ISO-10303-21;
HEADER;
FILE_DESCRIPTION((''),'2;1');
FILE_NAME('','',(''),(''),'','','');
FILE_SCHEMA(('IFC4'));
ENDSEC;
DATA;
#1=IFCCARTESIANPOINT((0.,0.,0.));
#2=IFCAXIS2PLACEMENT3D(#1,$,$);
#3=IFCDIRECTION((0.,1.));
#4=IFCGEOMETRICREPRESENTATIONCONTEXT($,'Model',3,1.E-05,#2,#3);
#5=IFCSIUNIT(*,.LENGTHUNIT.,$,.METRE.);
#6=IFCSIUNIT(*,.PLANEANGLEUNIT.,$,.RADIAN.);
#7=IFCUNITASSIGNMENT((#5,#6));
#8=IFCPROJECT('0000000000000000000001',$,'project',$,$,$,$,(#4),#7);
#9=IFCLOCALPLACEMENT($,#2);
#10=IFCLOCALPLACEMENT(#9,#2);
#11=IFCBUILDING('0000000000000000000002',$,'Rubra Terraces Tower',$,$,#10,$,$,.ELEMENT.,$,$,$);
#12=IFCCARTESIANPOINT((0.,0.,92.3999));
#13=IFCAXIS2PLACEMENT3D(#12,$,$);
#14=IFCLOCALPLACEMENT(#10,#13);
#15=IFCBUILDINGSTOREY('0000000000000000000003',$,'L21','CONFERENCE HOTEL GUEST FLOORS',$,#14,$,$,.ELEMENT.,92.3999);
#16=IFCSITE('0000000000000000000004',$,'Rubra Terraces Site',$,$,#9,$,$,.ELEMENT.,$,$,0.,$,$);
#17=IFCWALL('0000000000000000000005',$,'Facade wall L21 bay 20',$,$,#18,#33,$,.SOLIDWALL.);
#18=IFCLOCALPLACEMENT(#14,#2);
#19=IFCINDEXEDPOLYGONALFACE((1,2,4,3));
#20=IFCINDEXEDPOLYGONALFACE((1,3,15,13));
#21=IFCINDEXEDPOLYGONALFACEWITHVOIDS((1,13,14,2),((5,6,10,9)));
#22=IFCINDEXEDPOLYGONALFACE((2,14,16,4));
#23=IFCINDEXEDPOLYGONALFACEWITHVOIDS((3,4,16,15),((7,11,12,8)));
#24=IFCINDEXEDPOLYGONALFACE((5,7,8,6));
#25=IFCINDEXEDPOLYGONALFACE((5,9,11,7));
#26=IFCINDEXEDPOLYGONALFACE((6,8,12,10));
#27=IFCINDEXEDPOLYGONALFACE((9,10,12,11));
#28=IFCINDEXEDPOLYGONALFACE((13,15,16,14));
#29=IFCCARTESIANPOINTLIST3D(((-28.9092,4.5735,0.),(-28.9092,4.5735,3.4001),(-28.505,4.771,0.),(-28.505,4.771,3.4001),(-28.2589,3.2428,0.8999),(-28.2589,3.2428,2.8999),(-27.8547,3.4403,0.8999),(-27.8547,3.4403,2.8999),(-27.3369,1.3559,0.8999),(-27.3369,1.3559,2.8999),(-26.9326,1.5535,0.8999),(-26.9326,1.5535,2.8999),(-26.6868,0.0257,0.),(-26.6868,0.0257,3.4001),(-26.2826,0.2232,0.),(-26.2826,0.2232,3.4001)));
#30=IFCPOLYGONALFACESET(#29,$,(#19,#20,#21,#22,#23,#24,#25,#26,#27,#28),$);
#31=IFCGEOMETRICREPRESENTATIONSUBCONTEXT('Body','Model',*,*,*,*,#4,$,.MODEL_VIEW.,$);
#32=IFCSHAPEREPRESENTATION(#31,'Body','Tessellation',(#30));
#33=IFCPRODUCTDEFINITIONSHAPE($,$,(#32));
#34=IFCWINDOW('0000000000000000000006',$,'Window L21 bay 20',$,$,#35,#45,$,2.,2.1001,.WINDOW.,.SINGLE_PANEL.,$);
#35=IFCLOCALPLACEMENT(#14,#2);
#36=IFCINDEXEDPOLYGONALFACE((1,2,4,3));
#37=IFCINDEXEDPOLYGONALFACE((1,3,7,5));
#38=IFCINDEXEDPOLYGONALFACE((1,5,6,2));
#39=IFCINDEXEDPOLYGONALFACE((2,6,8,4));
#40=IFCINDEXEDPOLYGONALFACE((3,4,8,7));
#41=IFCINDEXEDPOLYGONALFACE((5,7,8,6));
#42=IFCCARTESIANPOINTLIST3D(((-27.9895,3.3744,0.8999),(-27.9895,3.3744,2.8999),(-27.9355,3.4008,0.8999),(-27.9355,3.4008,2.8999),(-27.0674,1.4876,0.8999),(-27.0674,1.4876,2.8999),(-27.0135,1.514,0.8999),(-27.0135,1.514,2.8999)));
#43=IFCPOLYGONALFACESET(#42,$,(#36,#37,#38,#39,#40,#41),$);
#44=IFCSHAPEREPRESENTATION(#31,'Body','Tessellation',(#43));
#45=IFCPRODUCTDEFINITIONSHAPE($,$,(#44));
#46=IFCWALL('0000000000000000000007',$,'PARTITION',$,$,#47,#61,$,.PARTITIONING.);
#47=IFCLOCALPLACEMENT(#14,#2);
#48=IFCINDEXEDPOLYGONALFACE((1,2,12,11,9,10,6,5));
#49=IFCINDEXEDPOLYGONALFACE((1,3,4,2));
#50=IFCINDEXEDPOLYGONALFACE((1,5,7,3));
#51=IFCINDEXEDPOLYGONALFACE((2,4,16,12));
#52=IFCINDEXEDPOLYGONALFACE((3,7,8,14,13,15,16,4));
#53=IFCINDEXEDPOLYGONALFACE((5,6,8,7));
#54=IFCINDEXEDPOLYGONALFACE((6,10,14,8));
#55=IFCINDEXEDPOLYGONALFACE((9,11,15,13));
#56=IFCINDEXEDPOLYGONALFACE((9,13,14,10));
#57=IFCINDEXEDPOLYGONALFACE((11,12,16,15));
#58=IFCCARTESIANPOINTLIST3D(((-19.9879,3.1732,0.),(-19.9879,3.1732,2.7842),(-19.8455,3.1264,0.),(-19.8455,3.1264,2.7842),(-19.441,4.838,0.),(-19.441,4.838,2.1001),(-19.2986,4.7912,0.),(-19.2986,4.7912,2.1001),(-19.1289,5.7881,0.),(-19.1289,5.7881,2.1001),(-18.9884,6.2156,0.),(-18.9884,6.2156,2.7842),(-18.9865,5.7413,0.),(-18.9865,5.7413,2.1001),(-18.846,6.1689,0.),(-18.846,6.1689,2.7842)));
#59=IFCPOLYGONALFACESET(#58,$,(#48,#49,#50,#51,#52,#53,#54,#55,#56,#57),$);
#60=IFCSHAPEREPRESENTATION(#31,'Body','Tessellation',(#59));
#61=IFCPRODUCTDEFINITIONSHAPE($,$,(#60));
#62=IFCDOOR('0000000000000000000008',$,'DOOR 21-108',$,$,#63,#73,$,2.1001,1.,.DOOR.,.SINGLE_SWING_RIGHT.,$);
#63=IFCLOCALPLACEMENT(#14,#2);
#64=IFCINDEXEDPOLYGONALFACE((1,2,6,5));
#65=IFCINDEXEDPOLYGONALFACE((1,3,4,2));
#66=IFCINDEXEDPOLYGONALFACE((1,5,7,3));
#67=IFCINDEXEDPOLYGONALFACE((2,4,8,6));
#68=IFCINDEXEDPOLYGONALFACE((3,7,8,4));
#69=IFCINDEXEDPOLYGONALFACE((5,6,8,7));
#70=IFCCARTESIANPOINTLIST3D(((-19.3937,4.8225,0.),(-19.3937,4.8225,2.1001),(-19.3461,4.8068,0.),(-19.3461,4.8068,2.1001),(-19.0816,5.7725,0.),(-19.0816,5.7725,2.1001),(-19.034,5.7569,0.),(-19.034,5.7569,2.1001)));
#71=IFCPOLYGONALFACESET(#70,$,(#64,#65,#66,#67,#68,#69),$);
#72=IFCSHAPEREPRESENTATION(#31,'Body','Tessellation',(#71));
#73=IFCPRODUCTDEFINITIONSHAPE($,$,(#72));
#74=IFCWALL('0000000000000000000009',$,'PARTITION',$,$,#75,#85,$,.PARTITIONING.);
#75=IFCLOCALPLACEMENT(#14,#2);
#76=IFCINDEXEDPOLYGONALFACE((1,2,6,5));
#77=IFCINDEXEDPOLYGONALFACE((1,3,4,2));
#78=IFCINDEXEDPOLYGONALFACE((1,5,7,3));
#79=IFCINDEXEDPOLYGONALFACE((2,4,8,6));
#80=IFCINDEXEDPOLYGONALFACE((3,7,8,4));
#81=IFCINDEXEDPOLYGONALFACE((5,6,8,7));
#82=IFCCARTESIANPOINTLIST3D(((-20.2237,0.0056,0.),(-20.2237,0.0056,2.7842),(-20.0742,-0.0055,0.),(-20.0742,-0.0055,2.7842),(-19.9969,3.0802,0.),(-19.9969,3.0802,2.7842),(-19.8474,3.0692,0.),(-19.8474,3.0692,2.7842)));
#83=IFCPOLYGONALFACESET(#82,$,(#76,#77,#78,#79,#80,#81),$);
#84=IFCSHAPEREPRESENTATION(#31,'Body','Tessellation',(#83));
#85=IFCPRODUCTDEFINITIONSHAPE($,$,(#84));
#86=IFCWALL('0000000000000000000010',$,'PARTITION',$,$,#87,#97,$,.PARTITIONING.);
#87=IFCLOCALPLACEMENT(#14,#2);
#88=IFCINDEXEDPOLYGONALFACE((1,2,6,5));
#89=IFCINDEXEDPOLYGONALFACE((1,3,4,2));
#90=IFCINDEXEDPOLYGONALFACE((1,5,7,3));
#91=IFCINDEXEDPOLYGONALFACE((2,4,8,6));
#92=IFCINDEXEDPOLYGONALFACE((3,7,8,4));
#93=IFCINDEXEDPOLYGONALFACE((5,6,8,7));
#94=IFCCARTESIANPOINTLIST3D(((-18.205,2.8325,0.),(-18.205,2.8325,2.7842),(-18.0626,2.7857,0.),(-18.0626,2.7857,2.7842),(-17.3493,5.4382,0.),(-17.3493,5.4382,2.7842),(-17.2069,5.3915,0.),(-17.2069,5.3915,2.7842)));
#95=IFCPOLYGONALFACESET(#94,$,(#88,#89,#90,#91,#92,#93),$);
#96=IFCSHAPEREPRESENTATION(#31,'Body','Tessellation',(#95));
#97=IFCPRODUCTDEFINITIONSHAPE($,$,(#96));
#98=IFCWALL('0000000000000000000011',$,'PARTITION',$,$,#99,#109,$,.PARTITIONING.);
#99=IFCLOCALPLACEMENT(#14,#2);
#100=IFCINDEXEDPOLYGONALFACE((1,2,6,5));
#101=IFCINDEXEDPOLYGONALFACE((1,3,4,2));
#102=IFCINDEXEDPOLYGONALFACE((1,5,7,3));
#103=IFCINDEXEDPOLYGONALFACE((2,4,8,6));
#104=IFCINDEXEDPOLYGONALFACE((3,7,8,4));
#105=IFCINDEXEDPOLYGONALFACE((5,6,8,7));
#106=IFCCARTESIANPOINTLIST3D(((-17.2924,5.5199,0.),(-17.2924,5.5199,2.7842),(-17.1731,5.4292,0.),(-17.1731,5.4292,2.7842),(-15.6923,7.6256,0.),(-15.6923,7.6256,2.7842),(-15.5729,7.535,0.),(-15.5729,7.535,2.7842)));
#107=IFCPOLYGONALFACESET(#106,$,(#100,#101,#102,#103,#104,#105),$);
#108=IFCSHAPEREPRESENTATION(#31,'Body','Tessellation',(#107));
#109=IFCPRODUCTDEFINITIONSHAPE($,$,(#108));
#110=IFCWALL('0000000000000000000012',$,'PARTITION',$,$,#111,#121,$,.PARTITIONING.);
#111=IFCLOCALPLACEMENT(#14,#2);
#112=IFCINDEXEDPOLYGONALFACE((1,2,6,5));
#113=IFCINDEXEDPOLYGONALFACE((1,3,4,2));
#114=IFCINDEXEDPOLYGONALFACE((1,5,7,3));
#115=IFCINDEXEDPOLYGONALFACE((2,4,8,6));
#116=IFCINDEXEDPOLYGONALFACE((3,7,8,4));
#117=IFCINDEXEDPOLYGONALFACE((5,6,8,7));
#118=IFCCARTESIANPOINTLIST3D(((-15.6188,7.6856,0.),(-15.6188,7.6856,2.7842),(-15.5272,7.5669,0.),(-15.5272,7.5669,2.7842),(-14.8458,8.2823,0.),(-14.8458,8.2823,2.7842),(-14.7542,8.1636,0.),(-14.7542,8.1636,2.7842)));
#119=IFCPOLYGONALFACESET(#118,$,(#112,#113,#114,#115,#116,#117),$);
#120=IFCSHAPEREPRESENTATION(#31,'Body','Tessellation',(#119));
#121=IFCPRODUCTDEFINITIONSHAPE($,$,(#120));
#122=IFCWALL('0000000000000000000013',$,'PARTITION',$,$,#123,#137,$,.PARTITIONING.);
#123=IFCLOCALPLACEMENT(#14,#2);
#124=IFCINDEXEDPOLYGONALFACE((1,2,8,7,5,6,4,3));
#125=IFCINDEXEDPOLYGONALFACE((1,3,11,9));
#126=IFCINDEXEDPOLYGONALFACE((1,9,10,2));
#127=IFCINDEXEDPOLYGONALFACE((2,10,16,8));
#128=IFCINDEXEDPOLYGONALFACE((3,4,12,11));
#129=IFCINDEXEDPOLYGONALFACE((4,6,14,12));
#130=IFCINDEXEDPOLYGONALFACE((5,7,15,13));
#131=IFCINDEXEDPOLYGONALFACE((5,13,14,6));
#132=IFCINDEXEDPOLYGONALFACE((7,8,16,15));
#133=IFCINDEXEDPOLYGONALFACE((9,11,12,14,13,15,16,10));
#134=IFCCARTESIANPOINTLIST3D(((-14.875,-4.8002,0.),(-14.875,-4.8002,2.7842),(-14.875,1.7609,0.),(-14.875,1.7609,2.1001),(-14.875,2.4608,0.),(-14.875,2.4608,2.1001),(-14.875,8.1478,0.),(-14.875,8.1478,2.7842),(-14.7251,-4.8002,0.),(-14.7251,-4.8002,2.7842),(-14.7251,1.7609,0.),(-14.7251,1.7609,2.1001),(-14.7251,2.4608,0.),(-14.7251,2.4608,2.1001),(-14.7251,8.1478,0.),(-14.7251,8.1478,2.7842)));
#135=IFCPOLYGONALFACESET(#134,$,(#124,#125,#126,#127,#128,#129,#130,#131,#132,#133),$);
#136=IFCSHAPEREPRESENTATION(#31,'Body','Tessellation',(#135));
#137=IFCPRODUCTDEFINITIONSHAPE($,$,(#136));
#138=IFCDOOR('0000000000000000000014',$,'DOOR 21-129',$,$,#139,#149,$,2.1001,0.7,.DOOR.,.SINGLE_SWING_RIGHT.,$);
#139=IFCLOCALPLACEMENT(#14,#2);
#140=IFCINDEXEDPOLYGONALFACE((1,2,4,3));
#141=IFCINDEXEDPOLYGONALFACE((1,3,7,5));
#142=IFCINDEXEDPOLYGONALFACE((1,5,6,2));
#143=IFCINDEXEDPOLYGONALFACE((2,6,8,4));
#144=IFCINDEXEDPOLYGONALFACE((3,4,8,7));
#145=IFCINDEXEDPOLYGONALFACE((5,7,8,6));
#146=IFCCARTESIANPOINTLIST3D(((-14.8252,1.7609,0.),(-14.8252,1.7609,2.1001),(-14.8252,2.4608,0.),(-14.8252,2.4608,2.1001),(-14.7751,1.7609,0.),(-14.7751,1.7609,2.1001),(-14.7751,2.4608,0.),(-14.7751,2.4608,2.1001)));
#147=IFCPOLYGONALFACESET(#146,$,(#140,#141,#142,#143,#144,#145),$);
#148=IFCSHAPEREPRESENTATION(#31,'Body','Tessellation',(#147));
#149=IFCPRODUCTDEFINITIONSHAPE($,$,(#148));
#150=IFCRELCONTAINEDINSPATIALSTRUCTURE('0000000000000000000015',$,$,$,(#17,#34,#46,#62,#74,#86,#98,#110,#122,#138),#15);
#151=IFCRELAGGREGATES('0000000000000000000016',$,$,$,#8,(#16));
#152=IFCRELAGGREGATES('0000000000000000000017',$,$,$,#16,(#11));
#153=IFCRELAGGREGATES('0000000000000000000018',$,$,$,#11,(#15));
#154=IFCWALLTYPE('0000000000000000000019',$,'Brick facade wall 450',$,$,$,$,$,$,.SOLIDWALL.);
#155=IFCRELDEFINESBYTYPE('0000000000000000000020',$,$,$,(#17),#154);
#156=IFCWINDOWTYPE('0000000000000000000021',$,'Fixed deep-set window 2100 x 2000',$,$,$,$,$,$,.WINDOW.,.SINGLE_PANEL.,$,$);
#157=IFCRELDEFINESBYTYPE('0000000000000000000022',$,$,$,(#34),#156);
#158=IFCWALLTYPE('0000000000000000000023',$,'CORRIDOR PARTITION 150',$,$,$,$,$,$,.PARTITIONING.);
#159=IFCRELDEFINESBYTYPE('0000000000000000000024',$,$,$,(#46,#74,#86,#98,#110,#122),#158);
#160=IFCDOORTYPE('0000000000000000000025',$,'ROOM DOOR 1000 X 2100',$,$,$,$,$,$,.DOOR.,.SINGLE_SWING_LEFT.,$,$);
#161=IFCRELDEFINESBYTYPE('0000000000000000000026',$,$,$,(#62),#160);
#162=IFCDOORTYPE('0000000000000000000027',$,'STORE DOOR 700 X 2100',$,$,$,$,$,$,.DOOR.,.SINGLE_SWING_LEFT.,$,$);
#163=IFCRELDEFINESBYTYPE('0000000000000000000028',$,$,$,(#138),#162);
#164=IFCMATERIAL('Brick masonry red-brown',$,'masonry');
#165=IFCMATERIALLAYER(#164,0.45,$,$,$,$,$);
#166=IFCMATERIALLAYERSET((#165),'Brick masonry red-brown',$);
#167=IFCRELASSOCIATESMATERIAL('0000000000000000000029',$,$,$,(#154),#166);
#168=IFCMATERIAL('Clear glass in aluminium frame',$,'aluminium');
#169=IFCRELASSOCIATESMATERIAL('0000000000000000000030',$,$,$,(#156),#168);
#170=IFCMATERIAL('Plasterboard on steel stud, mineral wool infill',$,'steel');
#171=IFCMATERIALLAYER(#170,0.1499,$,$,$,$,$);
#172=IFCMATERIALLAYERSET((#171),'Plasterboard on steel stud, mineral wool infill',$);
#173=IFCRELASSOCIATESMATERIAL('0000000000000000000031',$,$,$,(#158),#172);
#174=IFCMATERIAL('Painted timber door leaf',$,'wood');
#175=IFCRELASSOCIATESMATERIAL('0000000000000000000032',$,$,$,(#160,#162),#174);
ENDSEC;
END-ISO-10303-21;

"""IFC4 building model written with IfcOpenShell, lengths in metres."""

from ifc_helpers import new_model, si_unit, direction, frame, frame_2d, origin, place, context, subcontext, project, spatial, rectangle, extrude, material, layer, layer_set, type_object, element, fill, save


model = new_model("IFC4")

# Units and contexts
model_context = context("Model", 3, precision=1e-05, world=origin(), true_north=direction((0.0, 1.0)))
body_context = subcontext(model_context, "Body", "Model", "MODEL_VIEW")
ifc_project = project(units=[si_unit("LENGTHUNIT", "METRE"), si_unit("PLANEANGLEUNIT", "RADIAN")], contexts=[model_context])

# Site, building, storey
site_placement = place(None, origin())
site = spatial("IfcSite", under=ifc_project, at=site_placement, Name="Rubra Terraces Site", CompositionType="ELEMENT", RefElevation=0.0)
building_placement = place(site_placement, origin())
building = spatial("IfcBuilding", under=site, at=building_placement, Name="Rubra Terraces Tower", CompositionType="ELEMENT")
storey_placement = place(building_placement, frame((0.0, 0.0, 92.3999)))
storey = spatial("IfcBuildingStorey", under=building, at=storey_placement, Name="L21", Description="CONFERENCE HOTEL GUEST FLOORS", CompositionType="ELEMENT", Elevation=92.3999)

# Wall, opening, window
ifc_material_1 = material(Name="Brick masonry red-brown", Category="masonry")
ifc_layer_1 = layer(ifc_material_1, 0.45)
ifc_layer_set_1 = layer_set([ifc_layer_1], Name="Brick masonry red-brown")
wall_type_1 = type_object("IfcWallType", Name="Brick facade wall 450", PredefinedType="SOLIDWALL", material=ifc_layer_set_1)
wall_1_placement = place(storey_placement, frame((-28.707, 4.6721, 0.0), z_axis=(0.0, 0.0, 1.0), x_axis=(0.439054, -0.898461, 0.0)))
wall_1 = element("IfcWall", 1, at=wall_1_placement, inside=storey, type_object=wall_type_1, Name="Facade wall L21 bay 20", PredefinedType="SOLIDWALL", context=body_context, shape_type="SweptSolid", body=[
    extrude(rectangle(XDim=5.0618, YDim=0.45, at=frame_2d((2.5308, 0.0))), origin(), (0.0, 0.0, 1.0), 3.4001),
])
opening_1_placement = place(wall_1_placement, frame((1.481, 0.0, 0.8999)))
opening_1 = element("IfcOpeningElement", 2, at=opening_1_placement, cuts=wall_1, PredefinedType="OPENING", context=body_context, shape_type="SweptSolid", body=[
    extrude(rectangle(XDim=2.1001, YDim=2.0, at=frame_2d((1.05, 1.0))), frame((0.0, 0.2349, 0.0), z_axis=(0.0, -1.0, 0.0), x_axis=(1.0, 0.0, 0.0)), (0.0, 0.0, 1.0), 0.47),
])
ifc_material_2 = material(Name="Clear glass in aluminium frame", Category="aluminium")
window_type = type_object("IfcWindowType", Name="Fixed deep-set window 2100 x 2000", PartitioningType="SINGLE_PANEL", PredefinedType="WINDOW", material=ifc_material_2)
window_placement = place(opening_1_placement, origin())
window = element("IfcWindow", 3, at=window_placement, inside=storey, type_object=window_type, Name="Window L21 bay 20", OverallHeight=2.0, OverallWidth=2.1001, PartitioningType="SINGLE_PANEL", PredefinedType="WINDOW", context=body_context, shape_type="SweptSolid", body=[
    extrude(rectangle(XDim=2.1001, YDim=2.0, at=frame_2d((1.05, 1.0))), frame((0.0, 0.135, 0.0), z_axis=(0.0, -1.0, 0.0), x_axis=(1.0, 0.0, 0.0)), (0.0, 0.0, 1.0), 0.0601),
])
fill(opening_1, window)

# Wall, opening, door
ifc_material_3 = material(Name="Plasterboard on steel stud, mineral wool infill", Category="steel")
ifc_layer_2 = layer(ifc_material_3, 0.1499)
ifc_layer_set_2 = layer_set([ifc_layer_2], Name="Plasterboard on steel stud, mineral wool infill")
wall_type_2 = type_object("IfcWallType", Name="CORRIDOR PARTITION 150", PredefinedType="PARTITIONING", material=ifc_layer_set_2)
wall_2_placement = place(storey_placement, frame((-18.9172, 6.1921, 0.0), z_axis=(0.0, 0.0, 1.0), x_axis=(-0.312108, -0.950047, 0.0)))
wall_2 = element("IfcWall", 4, at=wall_2_placement, inside=storey, type_object=wall_type_2, Name="PARTITION", PredefinedType="PARTITIONING", context=body_context, shape_type="SweptSolid", body=[
    extrude(rectangle(XDim=3.2024, YDim=0.1499, at=frame_2d((1.6011, 0.0))), origin(), (0.0, 0.0, 1.0), 2.7842),
])
opening_2_placement = place(wall_2_placement, frame((0.45, 0.0, 0.0)))
opening_2 = element("IfcOpeningElement", 5, at=opening_2_placement, cuts=wall_2, PredefinedType="OPENING", context=body_context, shape_type="SweptSolid", body=[
    extrude(rectangle(XDim=1.0, YDim=2.1001, at=frame_2d((0.5, 1.05))), frame((0.0, 0.085, 0.0), z_axis=(0.0, -1.0, 0.0), x_axis=(1.0, 0.0, 0.0)), (0.0, 0.0, 1.0), 0.1699),
])
ifc_material_4 = material(Name="Painted timber door leaf", Category="wood")
door_type_1 = type_object("IfcDoorType", Name="ROOM DOOR 1000 X 2100", OperationType="SINGLE_SWING_LEFT", PredefinedType="DOOR", material=ifc_material_4)
door_1_placement = place(opening_2_placement, origin())
door_1 = element("IfcDoor", 6, at=door_1_placement, inside=storey, type_object=door_type_1, Name="DOOR 21-108", OperationType="SINGLE_SWING_RIGHT", OverallHeight=2.1001, OverallWidth=1.0, PredefinedType="DOOR", context=body_context, shape_type="SweptSolid", body=[
    extrude(rectangle(XDim=1.0, YDim=2.1001, at=frame_2d((0.5, 1.05))), frame((0.0, 0.0249, 0.0), z_axis=(0.0, -1.0, 0.0), x_axis=(1.0, 0.0, 0.0)), (0.0, 0.0, 1.0), 0.05),
])
fill(opening_2, door_1)

# Walls
wall_3_placement = place(storey_placement, frame((-19.9221, 3.0747, 0.0), z_axis=(0.0, 0.0, 1.0), x_axis=(-0.073565, -0.99729, 0.0)))
element("IfcWall", 7, at=wall_3_placement, inside=storey, type_object=wall_type_2, Name="PARTITION", PredefinedType="PARTITIONING", context=body_context, shape_type="SweptSolid", body=[
    extrude(rectangle(XDim=3.083, YDim=0.1499, at=frame_2d((1.5415, 0.0))), origin(), (0.0, 0.0, 1.0), 2.7842),
])
wall_4_placement = place(storey_placement, frame((-18.1338, 2.8091, 0.0), z_axis=(0.0, 0.0, 1.0), x_axis=(0.312005, 0.95008, 0.0)))
element("IfcWall", 8, at=wall_4_placement, inside=storey, type_object=wall_type_2, Name="PARTITION", PredefinedType="PARTITIONING", context=body_context, shape_type="SweptSolid", body=[
    extrude(rectangle(XDim=2.7427, YDim=0.1499, at=frame_2d((1.3713, 0.0))), origin(), (0.0, 0.0, 1.0), 2.7842),
])
wall_5_placement = place(storey_placement, frame((-17.2327, 5.4746, 0.0), z_axis=(0.0, 0.0, 1.0), x_axis=(0.605025, 0.796207, 0.0)))
element("IfcWall", 9, at=wall_5_placement, inside=storey, type_object=wall_type_2, Name="PARTITION", PredefinedType="PARTITIONING", context=body_context, shape_type="SweptSolid", body=[
    extrude(rectangle(XDim=2.6448, YDim=0.1499, at=frame_2d((1.3223, 0.0))), origin(), (0.0, 0.0, 1.0), 2.7842),
])
wall_6_placement = place(storey_placement, frame((-15.573, 7.6262, 0.0), z_axis=(0.0, 0.0, 1.0), x_axis=(0.791582, 0.611063, 0.0)))
element("IfcWall", 10, at=wall_6_placement, inside=storey, type_object=wall_type_2, Name="PARTITION", PredefinedType="PARTITIONING", context=body_context, shape_type="SweptSolid", body=[
    extrude(rectangle(XDim=0.9766, YDim=0.1499, at=frame_2d((0.4883, 0.0))), origin(), (0.0, 0.0, 1.0), 2.7842),
])

# Wall, opening, door
wall_7_placement = place(storey_placement, frame((-14.8, 8.1479, 0.0), z_axis=(0.0, 0.0, 1.0), x_axis=(0.0, -1.0, 0.0)))
wall_7 = element("IfcWall", 11, at=wall_7_placement, inside=storey, type_object=wall_type_2, Name="PARTITION", PredefinedType="PARTITIONING", context=body_context, shape_type="SweptSolid", body=[
    extrude(rectangle(XDim=12.948, YDim=0.1499, at=frame_2d((6.4741, 0.0))), origin(), (0.0, 0.0, 1.0), 2.7842),
])
opening_3_placement = place(wall_7_placement, frame((5.687, 0.0, 0.0)))
opening_3 = element("IfcOpeningElement", 12, at=opening_3_placement, cuts=wall_7, PredefinedType="OPENING", context=body_context, shape_type="SweptSolid", body=[
    extrude(rectangle(XDim=0.7, YDim=2.1001, at=frame_2d((0.3501, 1.05))), frame((0.0, 0.085, 0.0), z_axis=(0.0, -1.0, 0.0), x_axis=(1.0, 0.0, 0.0)), (0.0, 0.0, 1.0), 0.1699),
])
door_type_2 = type_object("IfcDoorType", Name="STORE DOOR 700 X 2100", OperationType="SINGLE_SWING_LEFT", PredefinedType="DOOR", material=ifc_material_4)
door_2_placement = place(opening_3_placement, origin())
door_2 = element("IfcDoor", 13, at=door_2_placement, inside=storey, type_object=door_type_2, Name="DOOR 21-129", OperationType="SINGLE_SWING_RIGHT", OverallHeight=2.1001, OverallWidth=0.7, PredefinedType="DOOR", context=body_context, shape_type="SweptSolid", body=[
    extrude(rectangle(XDim=0.7, YDim=2.1001, at=frame_2d((0.3501, 1.05))), frame((0.0, 0.0249, 0.0), z_axis=(0.0, -1.0, 0.0), x_axis=(1.0, 0.0, 0.0)), (0.0, 0.0, 1.0), 0.05),
])
fill(opening_3, door_2)

save(model, "model.ifc")
